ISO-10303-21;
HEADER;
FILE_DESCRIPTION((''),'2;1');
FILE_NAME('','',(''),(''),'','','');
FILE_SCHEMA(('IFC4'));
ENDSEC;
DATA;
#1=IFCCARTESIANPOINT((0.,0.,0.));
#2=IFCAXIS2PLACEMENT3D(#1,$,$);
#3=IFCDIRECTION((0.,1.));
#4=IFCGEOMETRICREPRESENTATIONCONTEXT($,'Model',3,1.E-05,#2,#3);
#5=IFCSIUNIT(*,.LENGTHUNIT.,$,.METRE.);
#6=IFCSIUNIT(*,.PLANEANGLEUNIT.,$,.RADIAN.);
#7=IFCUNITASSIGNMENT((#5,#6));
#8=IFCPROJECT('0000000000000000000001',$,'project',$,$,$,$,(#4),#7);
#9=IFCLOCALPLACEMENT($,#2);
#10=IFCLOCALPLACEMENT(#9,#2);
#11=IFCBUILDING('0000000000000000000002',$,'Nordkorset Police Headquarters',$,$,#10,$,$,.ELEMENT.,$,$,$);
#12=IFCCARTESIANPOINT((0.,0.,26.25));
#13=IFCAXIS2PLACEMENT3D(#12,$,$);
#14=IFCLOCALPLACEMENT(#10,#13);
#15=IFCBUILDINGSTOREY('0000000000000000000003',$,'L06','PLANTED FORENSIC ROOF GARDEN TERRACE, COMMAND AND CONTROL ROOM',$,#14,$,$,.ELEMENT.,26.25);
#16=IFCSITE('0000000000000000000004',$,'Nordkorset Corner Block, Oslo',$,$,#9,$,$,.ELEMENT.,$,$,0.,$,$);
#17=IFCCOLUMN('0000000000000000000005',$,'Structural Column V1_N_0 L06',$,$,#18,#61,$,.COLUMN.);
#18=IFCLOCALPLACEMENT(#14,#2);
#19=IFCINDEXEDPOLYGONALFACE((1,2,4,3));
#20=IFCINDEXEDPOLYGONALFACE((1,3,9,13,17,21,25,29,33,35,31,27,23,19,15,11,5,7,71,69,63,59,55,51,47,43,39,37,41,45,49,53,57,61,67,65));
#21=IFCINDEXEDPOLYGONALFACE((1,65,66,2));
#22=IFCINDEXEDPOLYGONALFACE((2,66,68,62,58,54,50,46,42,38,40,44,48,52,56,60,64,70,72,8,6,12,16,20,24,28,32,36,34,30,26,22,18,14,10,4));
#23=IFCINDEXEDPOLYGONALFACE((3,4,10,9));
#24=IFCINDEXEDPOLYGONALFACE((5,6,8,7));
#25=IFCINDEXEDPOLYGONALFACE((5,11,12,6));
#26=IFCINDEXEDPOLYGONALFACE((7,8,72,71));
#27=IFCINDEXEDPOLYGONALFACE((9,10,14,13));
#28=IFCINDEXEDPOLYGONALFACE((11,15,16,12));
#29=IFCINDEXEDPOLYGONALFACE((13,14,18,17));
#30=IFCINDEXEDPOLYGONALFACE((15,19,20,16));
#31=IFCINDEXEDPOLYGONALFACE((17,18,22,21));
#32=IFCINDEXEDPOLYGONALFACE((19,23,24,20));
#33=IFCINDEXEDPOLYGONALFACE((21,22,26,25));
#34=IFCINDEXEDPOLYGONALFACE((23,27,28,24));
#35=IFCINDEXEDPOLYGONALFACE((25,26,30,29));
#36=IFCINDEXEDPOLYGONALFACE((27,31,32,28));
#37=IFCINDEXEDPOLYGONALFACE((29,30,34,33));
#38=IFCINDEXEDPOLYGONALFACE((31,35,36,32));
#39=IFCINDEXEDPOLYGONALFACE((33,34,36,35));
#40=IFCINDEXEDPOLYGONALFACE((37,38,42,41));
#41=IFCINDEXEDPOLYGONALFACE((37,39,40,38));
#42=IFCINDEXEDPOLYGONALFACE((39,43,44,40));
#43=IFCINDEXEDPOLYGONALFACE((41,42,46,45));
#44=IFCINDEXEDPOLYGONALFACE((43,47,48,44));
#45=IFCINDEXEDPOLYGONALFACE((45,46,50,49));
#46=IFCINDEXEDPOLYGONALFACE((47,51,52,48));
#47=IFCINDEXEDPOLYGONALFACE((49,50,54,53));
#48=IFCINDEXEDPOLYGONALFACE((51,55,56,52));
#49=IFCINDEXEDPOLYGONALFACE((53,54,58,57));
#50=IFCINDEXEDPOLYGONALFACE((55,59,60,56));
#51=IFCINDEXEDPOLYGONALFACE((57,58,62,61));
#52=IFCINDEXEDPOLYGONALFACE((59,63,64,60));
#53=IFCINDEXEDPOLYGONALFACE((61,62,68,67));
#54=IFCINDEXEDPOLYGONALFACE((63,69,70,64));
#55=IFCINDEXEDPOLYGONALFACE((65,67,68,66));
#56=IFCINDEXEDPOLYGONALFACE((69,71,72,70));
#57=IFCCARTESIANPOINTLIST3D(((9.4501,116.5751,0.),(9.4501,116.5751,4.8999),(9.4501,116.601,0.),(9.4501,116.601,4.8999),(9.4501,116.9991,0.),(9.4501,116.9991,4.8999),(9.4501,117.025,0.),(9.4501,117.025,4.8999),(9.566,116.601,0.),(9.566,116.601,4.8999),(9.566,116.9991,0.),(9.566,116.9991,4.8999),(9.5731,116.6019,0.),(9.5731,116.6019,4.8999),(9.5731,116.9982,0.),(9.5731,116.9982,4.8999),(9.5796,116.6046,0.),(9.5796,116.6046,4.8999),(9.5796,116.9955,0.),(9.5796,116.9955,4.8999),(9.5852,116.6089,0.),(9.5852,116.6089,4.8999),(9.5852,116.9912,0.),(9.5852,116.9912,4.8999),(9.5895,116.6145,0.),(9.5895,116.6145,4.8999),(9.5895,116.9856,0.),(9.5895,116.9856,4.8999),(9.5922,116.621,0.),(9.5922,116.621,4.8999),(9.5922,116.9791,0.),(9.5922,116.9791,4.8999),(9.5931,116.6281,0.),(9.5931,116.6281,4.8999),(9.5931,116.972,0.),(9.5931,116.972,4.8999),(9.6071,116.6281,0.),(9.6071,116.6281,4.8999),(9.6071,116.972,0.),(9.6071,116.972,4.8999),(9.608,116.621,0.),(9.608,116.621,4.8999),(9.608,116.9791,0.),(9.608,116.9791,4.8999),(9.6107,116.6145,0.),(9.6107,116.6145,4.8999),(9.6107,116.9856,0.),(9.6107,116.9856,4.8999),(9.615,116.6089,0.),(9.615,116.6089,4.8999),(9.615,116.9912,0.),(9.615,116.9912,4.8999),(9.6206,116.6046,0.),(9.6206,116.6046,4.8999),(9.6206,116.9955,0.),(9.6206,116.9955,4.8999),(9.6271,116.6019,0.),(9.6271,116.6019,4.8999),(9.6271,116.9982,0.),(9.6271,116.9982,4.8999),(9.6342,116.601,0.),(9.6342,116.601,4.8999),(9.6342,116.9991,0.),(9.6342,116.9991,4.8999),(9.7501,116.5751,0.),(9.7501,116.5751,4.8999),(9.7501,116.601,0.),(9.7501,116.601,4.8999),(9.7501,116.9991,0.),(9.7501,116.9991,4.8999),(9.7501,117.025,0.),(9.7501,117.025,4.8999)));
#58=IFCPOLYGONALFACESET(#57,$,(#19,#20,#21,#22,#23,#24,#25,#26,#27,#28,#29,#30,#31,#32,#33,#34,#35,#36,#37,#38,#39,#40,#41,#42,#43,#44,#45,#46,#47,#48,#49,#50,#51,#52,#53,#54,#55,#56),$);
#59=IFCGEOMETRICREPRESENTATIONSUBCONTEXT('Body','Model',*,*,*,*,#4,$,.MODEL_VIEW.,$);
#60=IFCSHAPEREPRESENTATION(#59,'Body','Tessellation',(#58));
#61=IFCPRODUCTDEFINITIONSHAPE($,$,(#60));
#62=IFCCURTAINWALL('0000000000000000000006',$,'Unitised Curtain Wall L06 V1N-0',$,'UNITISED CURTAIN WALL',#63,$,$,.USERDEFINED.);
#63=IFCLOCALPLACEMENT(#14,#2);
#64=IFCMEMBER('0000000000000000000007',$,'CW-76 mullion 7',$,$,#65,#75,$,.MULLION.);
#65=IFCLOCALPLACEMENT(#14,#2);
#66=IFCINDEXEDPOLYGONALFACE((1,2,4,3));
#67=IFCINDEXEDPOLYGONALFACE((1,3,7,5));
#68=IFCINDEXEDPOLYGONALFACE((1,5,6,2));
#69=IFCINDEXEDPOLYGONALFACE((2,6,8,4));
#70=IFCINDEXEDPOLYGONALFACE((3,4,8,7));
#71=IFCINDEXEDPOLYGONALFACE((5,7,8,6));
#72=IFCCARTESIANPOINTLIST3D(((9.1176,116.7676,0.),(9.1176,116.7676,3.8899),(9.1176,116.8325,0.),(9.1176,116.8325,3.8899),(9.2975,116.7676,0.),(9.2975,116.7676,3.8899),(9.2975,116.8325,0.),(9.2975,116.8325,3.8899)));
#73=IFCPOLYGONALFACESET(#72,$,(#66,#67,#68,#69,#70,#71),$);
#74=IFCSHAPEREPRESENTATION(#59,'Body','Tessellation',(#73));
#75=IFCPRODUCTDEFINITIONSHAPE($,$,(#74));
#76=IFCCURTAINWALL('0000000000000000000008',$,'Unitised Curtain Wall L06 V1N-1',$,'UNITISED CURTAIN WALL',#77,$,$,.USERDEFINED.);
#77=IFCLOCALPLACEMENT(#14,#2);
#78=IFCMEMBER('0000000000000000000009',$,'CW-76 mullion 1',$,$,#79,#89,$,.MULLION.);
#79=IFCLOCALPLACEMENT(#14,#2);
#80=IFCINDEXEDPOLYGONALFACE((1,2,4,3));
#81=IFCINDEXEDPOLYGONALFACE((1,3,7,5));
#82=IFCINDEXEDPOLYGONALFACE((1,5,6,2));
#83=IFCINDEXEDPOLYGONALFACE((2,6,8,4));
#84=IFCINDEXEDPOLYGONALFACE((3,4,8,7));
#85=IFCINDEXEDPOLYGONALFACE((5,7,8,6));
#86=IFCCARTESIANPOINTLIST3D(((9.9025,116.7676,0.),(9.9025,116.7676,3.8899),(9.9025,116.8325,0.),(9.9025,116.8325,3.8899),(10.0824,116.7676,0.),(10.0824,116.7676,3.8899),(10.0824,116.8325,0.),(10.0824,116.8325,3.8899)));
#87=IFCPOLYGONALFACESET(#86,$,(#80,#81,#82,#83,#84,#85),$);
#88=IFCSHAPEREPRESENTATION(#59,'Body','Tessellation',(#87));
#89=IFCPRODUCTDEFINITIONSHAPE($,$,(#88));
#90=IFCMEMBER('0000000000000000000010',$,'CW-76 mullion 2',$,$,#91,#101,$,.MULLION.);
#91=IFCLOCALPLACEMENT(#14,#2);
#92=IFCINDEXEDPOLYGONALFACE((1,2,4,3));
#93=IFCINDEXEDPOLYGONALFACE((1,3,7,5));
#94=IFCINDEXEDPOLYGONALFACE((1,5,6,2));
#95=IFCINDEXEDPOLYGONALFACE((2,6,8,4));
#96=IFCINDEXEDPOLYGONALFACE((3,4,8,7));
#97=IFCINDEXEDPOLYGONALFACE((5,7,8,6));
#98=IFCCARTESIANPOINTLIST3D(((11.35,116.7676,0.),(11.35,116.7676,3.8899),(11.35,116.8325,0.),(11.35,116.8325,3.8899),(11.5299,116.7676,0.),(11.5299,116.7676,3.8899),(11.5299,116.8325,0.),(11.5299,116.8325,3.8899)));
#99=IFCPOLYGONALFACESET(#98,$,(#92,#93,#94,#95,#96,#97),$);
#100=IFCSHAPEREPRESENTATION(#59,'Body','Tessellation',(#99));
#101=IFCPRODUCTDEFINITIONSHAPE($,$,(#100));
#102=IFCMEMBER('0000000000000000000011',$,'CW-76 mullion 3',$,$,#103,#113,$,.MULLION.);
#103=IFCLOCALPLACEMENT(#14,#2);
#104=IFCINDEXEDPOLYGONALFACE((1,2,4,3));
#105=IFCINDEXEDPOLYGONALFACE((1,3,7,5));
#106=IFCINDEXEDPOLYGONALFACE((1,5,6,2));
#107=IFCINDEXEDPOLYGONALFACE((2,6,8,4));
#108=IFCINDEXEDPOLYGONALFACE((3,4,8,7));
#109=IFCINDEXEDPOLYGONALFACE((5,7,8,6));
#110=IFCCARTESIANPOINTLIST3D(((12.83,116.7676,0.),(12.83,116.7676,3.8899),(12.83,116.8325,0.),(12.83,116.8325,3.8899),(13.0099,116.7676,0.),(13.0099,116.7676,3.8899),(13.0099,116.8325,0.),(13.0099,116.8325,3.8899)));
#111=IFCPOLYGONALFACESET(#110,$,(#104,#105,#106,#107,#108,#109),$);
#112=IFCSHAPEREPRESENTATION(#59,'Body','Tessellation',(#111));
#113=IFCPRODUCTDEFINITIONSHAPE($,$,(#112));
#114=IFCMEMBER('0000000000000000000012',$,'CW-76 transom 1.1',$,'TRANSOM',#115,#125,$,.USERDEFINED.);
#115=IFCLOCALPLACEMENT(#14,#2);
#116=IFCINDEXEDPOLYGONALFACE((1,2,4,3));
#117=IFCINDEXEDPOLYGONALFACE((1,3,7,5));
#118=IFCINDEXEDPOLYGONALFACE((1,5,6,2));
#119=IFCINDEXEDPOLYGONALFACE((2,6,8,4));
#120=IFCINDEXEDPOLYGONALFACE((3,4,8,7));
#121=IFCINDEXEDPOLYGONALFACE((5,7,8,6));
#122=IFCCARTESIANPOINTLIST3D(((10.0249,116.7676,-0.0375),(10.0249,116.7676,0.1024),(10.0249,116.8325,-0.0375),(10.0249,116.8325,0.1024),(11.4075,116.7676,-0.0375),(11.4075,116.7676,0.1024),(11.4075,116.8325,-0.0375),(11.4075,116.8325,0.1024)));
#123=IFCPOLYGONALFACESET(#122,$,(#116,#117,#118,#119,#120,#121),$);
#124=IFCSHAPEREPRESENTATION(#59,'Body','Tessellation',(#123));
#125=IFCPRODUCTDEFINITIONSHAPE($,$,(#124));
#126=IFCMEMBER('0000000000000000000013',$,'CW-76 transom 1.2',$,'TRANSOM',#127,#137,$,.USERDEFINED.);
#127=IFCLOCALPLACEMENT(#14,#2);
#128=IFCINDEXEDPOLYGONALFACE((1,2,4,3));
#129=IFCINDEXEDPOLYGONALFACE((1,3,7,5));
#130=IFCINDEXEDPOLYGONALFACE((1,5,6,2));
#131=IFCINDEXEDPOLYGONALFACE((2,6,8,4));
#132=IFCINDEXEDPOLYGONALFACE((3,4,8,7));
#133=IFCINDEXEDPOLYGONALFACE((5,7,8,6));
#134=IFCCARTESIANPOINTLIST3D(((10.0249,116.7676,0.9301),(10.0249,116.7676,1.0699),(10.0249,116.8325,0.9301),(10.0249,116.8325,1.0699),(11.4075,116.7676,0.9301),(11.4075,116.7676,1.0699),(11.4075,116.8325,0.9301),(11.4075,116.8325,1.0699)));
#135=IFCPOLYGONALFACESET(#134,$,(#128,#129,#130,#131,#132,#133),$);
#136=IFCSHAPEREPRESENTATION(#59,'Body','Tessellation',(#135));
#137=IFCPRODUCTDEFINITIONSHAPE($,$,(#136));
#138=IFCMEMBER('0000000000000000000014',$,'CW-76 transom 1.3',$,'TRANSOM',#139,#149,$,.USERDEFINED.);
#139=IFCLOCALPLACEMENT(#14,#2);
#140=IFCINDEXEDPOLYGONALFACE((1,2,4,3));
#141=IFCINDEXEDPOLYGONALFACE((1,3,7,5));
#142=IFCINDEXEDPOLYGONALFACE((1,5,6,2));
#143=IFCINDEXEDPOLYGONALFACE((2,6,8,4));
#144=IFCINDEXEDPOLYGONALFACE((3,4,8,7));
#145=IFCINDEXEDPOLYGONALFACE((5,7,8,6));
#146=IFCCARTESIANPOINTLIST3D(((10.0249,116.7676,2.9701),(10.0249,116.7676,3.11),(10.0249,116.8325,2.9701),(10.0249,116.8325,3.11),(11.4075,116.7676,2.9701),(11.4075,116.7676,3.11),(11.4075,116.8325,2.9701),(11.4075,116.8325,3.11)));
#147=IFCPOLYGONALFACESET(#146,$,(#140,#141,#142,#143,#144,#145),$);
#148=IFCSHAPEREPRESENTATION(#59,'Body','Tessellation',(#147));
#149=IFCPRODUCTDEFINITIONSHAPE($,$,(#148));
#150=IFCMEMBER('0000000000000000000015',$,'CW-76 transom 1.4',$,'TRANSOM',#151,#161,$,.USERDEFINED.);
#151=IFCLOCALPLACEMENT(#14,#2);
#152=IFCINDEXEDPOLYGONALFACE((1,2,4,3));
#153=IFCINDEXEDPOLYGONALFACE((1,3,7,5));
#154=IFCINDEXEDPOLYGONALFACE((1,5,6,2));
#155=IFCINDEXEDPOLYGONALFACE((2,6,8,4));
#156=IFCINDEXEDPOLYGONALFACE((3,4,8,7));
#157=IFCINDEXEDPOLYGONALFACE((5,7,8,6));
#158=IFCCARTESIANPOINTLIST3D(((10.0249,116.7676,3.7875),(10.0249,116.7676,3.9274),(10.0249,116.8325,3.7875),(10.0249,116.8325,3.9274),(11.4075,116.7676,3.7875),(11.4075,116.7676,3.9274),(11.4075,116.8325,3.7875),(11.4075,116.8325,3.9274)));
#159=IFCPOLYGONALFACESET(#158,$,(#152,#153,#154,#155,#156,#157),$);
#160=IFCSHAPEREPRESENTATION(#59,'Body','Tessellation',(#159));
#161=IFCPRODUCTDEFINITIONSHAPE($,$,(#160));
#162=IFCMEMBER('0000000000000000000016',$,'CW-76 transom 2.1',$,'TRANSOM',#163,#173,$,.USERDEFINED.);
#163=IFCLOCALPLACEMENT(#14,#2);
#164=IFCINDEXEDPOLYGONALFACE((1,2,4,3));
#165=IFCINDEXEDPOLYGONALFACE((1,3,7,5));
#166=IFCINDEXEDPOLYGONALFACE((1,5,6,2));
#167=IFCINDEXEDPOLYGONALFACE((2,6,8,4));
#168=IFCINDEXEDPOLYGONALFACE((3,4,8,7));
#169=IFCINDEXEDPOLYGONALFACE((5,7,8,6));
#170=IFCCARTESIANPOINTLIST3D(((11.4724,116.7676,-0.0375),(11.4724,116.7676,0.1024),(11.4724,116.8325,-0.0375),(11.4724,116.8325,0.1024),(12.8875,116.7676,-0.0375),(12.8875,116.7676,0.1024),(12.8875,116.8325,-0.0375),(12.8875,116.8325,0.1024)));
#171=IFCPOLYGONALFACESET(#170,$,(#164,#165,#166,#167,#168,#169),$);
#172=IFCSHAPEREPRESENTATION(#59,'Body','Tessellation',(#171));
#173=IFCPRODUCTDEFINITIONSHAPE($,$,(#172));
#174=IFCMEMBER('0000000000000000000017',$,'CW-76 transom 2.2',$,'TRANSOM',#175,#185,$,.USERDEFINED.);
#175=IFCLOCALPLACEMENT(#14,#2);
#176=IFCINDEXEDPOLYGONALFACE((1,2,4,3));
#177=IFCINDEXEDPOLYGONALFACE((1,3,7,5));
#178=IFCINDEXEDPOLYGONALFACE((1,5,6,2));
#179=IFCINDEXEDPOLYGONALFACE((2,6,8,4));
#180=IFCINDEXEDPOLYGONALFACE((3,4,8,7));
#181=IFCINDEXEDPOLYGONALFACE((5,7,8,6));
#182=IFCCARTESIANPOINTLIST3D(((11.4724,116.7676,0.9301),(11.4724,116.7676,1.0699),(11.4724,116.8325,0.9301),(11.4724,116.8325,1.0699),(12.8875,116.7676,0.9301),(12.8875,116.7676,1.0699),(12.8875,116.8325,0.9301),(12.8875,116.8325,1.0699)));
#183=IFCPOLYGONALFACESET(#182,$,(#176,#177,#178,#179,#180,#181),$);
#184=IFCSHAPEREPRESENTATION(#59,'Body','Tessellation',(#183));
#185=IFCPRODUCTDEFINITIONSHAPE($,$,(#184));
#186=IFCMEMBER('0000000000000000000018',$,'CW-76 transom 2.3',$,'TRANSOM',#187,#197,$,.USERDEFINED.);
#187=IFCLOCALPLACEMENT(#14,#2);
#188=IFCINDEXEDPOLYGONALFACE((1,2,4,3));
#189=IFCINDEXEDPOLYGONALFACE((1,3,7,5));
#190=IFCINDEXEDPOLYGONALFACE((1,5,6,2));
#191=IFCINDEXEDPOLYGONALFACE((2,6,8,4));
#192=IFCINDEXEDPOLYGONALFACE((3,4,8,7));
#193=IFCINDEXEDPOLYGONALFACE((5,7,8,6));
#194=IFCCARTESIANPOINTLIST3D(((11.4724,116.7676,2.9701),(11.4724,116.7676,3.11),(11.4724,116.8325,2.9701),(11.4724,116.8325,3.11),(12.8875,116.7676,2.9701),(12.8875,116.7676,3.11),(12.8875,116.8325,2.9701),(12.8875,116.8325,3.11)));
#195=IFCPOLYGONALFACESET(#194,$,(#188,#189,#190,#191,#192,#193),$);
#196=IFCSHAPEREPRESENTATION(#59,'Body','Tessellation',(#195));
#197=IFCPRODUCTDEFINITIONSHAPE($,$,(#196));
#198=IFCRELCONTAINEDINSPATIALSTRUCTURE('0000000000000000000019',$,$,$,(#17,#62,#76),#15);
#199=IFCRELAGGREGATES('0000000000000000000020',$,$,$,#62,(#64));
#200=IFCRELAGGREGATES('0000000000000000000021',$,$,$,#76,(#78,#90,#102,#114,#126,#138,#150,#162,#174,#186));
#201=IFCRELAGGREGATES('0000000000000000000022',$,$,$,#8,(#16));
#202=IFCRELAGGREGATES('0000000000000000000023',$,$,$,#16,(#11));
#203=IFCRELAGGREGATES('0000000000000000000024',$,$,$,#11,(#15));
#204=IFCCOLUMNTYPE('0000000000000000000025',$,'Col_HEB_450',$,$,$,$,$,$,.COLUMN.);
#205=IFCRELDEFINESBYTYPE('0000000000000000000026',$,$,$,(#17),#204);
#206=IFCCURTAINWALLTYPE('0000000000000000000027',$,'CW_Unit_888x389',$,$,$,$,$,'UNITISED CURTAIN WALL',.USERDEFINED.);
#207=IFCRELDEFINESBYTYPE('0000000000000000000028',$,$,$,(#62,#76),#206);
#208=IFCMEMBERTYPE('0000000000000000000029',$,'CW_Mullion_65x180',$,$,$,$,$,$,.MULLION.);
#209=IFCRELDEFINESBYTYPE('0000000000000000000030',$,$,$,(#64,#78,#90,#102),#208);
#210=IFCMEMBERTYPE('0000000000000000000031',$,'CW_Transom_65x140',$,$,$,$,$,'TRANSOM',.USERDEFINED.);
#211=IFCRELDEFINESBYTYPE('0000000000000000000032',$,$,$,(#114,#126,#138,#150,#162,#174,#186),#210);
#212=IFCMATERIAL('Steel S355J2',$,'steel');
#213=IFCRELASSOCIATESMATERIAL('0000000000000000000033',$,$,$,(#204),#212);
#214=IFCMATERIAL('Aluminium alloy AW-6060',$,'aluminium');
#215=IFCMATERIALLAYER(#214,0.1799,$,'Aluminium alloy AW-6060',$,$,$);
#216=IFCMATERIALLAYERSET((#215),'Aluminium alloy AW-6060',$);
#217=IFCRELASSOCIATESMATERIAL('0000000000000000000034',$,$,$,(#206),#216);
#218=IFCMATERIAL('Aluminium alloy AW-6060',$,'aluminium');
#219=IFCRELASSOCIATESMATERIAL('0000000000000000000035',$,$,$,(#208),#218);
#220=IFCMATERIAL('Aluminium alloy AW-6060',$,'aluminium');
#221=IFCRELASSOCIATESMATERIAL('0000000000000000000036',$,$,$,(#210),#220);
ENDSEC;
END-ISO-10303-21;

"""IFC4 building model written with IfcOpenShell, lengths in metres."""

from ifc_helpers import new_model, si_unit, direction, frame, origin, origin_2d, place, context, subcontext, project, spatial, rectangle, i_section, extrude, material, layer, layer_set, material_profile, profile_set, type_object, element, aggregate, save


model = new_model("IFC4")

# Units and contexts
model_context = context("Model", 3, precision=1e-05, world=origin(), true_north=direction((0.0, 1.0)))
body_context = subcontext(model_context, "Body", "Model", "MODEL_VIEW")
ifc_project = project(units=[si_unit("LENGTHUNIT", "METRE"), si_unit("PLANEANGLEUNIT", "RADIAN")], contexts=[model_context])

# Site, building, storey
site_placement = place(None, origin())
site = spatial("IfcSite", under=ifc_project, at=site_placement, Name="Nordkorset Corner Block, Oslo", CompositionType="ELEMENT", RefElevation=0.0)
building_placement = place(site_placement, origin())
building = spatial("IfcBuilding", under=site, at=building_placement, Name="Nordkorset Police Headquarters", CompositionType="ELEMENT")
storey_placement = place(building_placement, frame((0.0, 0.0, 26.25)))
storey = spatial("IfcBuildingStorey", under=building, at=storey_placement, Name="L06", Description="PLANTED FORENSIC ROOF GARDEN TERRACE, COMMAND AND CONTROL ROOM", CompositionType="ELEMENT", Elevation=26.25)

# Column
ifc_material_1 = material(Name="Steel S355J2", Category="steel")
ifc_material_profile_1 = material_profile(ifc_material_1, i_section(OverallWidth=0.3, OverallDepth=0.45, WebThickness=0.0139, FlangeThickness=0.0259, FilletRadius=0.0271, at=origin_2d()), Name="HEB 450")
ifc_profile_set_1 = profile_set([ifc_material_profile_1], Name="Steel S355J2")
column_type = type_object("IfcColumnType", Name="Col_HEB_450", PredefinedType="COLUMN", material=ifc_profile_set_1)
column_placement = place(storey_placement, frame((9.6001, 116.8, 0.0), z_axis=(0.0, 0.0, 1.0), x_axis=(1.0, 0.0, 0.0)))
element("IfcColumn", 1, at=column_placement, inside=storey, type_object=column_type, Name="Structural Column V1_N_0 L06", PredefinedType="COLUMN", context=body_context, shape_type="SweptSolid", body=[
    extrude(i_section(OverallWidth=0.3, OverallDepth=0.45, WebThickness=0.0139, FlangeThickness=0.0259, FilletRadius=0.0271, at=origin_2d()), origin(), (0.0, 0.0, 1.0), 4.8999),
])

# Curtain wall, member
ifc_material_2 = material(Name="Aluminium alloy AW-6060", Category="aluminium")
ifc_layer_1 = layer(ifc_material_2, 0.1799, Name="Aluminium alloy AW-6060")
ifc_layer_set_1 = layer_set([ifc_layer_1], Name="Aluminium alloy AW-6060")
curtain_wall_type = type_object("IfcCurtainWallType", Name="CW_Unit_888x389", ElementType="UNITISED CURTAIN WALL", PredefinedType="USERDEFINED", material=ifc_layer_set_1)
curtain_wall_1_placement = place(storey_placement, origin())
curtain_wall_1 = element("IfcCurtainWall", 2, at=curtain_wall_1_placement, inside=storey, type_object=curtain_wall_type, Name="Unitised Curtain Wall L06 V1N-0", ObjectType="UNITISED CURTAIN WALL", PredefinedType="USERDEFINED")
ifc_material_3 = material(Name="Aluminium alloy AW-6060", Category="aluminium")
ifc_material_profile_2 = material_profile(ifc_material_3, rectangle(XDim=0.0649, YDim=0.1799, at=origin_2d()), Name="ALU MULL 65x180")
ifc_profile_set_2 = profile_set([ifc_material_profile_2], Name="Aluminium alloy AW-6060")
member_type_1 = type_object("IfcMemberType", Name="CW_Mullion_65x180", PredefinedType="MULLION", material=ifc_profile_set_2)
member_1_placement = place(storey_placement, frame((9.2075, 116.8, 0.0), z_axis=(0.0, 0.0, 1.0), x_axis=(0.0, 1.0, 0.0)))
member_1 = element("IfcMember", 3, at=member_1_placement, type_object=member_type_1, Name="CW-76 mullion 7", PredefinedType="MULLION", context=body_context, shape_type="SweptSolid", body=[
    extrude(rectangle(XDim=0.0649, YDim=0.1799, at=origin_2d()), origin(), (0.0, 0.0, 1.0), 3.8899),
])
aggregate(curtain_wall_1, [member_1])

# Curtain wall, members
curtain_wall_2_placement = place(storey_placement, origin())
curtain_wall_2 = element("IfcCurtainWall", 4, at=curtain_wall_2_placement, inside=storey, type_object=curtain_wall_type, Name="Unitised Curtain Wall L06 V1N-1", ObjectType="UNITISED CURTAIN WALL", PredefinedType="USERDEFINED")
member_2_placement = place(storey_placement, frame((9.9924, 116.8, 0.0), z_axis=(0.0, 0.0, 1.0), x_axis=(0.0, 1.0, 0.0)))
member_2 = element("IfcMember", 5, at=member_2_placement, type_object=member_type_1, Name="CW-76 mullion 1", PredefinedType="MULLION", context=body_context, shape_type="SweptSolid", body=[
    extrude(rectangle(XDim=0.0649, YDim=0.1799, at=origin_2d()), origin(), (0.0, 0.0, 1.0), 3.8899),
])
member_3_placement = place(storey_placement, frame((11.4399, 116.8, 0.0), z_axis=(0.0, 0.0, 1.0), x_axis=(0.0, 1.0, 0.0)))
member_3 = element("IfcMember", 6, at=member_3_placement, type_object=member_type_1, Name="CW-76 mullion 2", PredefinedType="MULLION", context=body_context, shape_type="SweptSolid", body=[
    extrude(rectangle(XDim=0.0649, YDim=0.1799, at=origin_2d()), origin(), (0.0, 0.0, 1.0), 3.8899),
])
member_4_placement = place(storey_placement, frame((12.9199, 116.8, 0.0), z_axis=(0.0, 0.0, 1.0), x_axis=(0.0, 1.0, 0.0)))
member_4 = element("IfcMember", 7, at=member_4_placement, type_object=member_type_1, Name="CW-76 mullion 3", PredefinedType="MULLION", context=body_context, shape_type="SweptSolid", body=[
    extrude(rectangle(XDim=0.0649, YDim=0.1799, at=origin_2d()), origin(), (0.0, 0.0, 1.0), 3.8899),
])
ifc_material_4 = material(Name="Aluminium alloy AW-6060", Category="aluminium")
ifc_material_profile_3 = material_profile(ifc_material_4, rectangle(XDim=0.0649, YDim=0.1399, at=origin_2d()), Name="ALU TRAN 65x140")
ifc_profile_set_3 = profile_set([ifc_material_profile_3], Name="Aluminium alloy AW-6060")
member_type_2 = type_object("IfcMemberType", Name="CW_Transom_65x140", ElementType="TRANSOM", PredefinedType="USERDEFINED", material=ifc_profile_set_3)
member_5_placement = place(storey_placement, frame((10.0249, 116.8, 0.0325), z_axis=(1.0, 0.0, 0.0), x_axis=(0.0, 1.0, 0.0)))
member_5 = element("IfcMember", 8, at=member_5_placement, type_object=member_type_2, Name="CW-76 transom 1.1", ObjectType="TRANSOM", PredefinedType="USERDEFINED", context=body_context, shape_type="SweptSolid", body=[
    extrude(rectangle(XDim=0.0649, YDim=0.1399, at=origin_2d()), origin(), (0.0, 0.0, 1.0), 1.3826),
])
member_6_placement = place(storey_placement, frame((10.0249, 116.8, 1.0), z_axis=(1.0, 0.0, 0.0), x_axis=(0.0, 1.0, 0.0)))
member_6 = element("IfcMember", 9, at=member_6_placement, type_object=member_type_2, Name="CW-76 transom 1.2", ObjectType="TRANSOM", PredefinedType="USERDEFINED", context=body_context, shape_type="SweptSolid", body=[
    extrude(rectangle(XDim=0.0649, YDim=0.1399, at=origin_2d()), origin(), (0.0, 0.0, 1.0), 1.3826),
])
member_7_placement = place(storey_placement, frame((10.0249, 116.8, 3.04), z_axis=(1.0, 0.0, 0.0), x_axis=(0.0, 1.0, 0.0)))
member_7 = element("IfcMember", 10, at=member_7_placement, type_object=member_type_2, Name="CW-76 transom 1.3", ObjectType="TRANSOM", PredefinedType="USERDEFINED", context=body_context, shape_type="SweptSolid", body=[
    extrude(rectangle(XDim=0.0649, YDim=0.1399, at=origin_2d()), origin(), (0.0, 0.0, 1.0), 1.3826),
])
member_8_placement = place(storey_placement, frame((10.0249, 116.8, 3.8574), z_axis=(1.0, 0.0, 0.0), x_axis=(0.0, 1.0, 0.0)))
member_8 = element("IfcMember", 11, at=member_8_placement, type_object=member_type_2, Name="CW-76 transom 1.4", ObjectType="TRANSOM", PredefinedType="USERDEFINED", context=body_context, shape_type="SweptSolid", body=[
    extrude(rectangle(XDim=0.0649, YDim=0.1399, at=origin_2d()), origin(), (0.0, 0.0, 1.0), 1.3826),
])
member_9_placement = place(storey_placement, frame((11.4724, 116.8, 0.0325), z_axis=(1.0, 0.0, 0.0), x_axis=(0.0, 1.0, 0.0)))
member_9 = element("IfcMember", 12, at=member_9_placement, type_object=member_type_2, Name="CW-76 transom 2.1", ObjectType="TRANSOM", PredefinedType="USERDEFINED", context=body_context, shape_type="SweptSolid", body=[
    extrude(rectangle(XDim=0.0649, YDim=0.1399, at=origin_2d()), origin(), (0.0, 0.0, 1.0), 1.415),
])
member_10_placement = place(storey_placement, frame((11.4724, 116.8, 1.0), z_axis=(1.0, 0.0, 0.0), x_axis=(0.0, 1.0, 0.0)))
member_10 = element("IfcMember", 13, at=member_10_placement, type_object=member_type_2, Name="CW-76 transom 2.2", ObjectType="TRANSOM", PredefinedType="USERDEFINED", context=body_context, shape_type="SweptSolid", body=[
    extrude(rectangle(XDim=0.0649, YDim=0.1399, at=origin_2d()), origin(), (0.0, 0.0, 1.0), 1.415),
])
member_11_placement = place(storey_placement, frame((11.4724, 116.8, 3.04), z_axis=(1.0, 0.0, 0.0), x_axis=(0.0, 1.0, 0.0)))
member_11 = element("IfcMember", 14, at=member_11_placement, type_object=member_type_2, Name="CW-76 transom 2.3", ObjectType="TRANSOM", PredefinedType="USERDEFINED", context=body_context, shape_type="SweptSolid", body=[
    extrude(rectangle(XDim=0.0649, YDim=0.1399, at=origin_2d()), origin(), (0.0, 0.0, 1.0), 1.415),
])
aggregate(curtain_wall_2, [member_2, member_3, member_4, member_5, member_6, member_7, member_8, member_9, member_10, member_11])

save(model, "model.ifc")
